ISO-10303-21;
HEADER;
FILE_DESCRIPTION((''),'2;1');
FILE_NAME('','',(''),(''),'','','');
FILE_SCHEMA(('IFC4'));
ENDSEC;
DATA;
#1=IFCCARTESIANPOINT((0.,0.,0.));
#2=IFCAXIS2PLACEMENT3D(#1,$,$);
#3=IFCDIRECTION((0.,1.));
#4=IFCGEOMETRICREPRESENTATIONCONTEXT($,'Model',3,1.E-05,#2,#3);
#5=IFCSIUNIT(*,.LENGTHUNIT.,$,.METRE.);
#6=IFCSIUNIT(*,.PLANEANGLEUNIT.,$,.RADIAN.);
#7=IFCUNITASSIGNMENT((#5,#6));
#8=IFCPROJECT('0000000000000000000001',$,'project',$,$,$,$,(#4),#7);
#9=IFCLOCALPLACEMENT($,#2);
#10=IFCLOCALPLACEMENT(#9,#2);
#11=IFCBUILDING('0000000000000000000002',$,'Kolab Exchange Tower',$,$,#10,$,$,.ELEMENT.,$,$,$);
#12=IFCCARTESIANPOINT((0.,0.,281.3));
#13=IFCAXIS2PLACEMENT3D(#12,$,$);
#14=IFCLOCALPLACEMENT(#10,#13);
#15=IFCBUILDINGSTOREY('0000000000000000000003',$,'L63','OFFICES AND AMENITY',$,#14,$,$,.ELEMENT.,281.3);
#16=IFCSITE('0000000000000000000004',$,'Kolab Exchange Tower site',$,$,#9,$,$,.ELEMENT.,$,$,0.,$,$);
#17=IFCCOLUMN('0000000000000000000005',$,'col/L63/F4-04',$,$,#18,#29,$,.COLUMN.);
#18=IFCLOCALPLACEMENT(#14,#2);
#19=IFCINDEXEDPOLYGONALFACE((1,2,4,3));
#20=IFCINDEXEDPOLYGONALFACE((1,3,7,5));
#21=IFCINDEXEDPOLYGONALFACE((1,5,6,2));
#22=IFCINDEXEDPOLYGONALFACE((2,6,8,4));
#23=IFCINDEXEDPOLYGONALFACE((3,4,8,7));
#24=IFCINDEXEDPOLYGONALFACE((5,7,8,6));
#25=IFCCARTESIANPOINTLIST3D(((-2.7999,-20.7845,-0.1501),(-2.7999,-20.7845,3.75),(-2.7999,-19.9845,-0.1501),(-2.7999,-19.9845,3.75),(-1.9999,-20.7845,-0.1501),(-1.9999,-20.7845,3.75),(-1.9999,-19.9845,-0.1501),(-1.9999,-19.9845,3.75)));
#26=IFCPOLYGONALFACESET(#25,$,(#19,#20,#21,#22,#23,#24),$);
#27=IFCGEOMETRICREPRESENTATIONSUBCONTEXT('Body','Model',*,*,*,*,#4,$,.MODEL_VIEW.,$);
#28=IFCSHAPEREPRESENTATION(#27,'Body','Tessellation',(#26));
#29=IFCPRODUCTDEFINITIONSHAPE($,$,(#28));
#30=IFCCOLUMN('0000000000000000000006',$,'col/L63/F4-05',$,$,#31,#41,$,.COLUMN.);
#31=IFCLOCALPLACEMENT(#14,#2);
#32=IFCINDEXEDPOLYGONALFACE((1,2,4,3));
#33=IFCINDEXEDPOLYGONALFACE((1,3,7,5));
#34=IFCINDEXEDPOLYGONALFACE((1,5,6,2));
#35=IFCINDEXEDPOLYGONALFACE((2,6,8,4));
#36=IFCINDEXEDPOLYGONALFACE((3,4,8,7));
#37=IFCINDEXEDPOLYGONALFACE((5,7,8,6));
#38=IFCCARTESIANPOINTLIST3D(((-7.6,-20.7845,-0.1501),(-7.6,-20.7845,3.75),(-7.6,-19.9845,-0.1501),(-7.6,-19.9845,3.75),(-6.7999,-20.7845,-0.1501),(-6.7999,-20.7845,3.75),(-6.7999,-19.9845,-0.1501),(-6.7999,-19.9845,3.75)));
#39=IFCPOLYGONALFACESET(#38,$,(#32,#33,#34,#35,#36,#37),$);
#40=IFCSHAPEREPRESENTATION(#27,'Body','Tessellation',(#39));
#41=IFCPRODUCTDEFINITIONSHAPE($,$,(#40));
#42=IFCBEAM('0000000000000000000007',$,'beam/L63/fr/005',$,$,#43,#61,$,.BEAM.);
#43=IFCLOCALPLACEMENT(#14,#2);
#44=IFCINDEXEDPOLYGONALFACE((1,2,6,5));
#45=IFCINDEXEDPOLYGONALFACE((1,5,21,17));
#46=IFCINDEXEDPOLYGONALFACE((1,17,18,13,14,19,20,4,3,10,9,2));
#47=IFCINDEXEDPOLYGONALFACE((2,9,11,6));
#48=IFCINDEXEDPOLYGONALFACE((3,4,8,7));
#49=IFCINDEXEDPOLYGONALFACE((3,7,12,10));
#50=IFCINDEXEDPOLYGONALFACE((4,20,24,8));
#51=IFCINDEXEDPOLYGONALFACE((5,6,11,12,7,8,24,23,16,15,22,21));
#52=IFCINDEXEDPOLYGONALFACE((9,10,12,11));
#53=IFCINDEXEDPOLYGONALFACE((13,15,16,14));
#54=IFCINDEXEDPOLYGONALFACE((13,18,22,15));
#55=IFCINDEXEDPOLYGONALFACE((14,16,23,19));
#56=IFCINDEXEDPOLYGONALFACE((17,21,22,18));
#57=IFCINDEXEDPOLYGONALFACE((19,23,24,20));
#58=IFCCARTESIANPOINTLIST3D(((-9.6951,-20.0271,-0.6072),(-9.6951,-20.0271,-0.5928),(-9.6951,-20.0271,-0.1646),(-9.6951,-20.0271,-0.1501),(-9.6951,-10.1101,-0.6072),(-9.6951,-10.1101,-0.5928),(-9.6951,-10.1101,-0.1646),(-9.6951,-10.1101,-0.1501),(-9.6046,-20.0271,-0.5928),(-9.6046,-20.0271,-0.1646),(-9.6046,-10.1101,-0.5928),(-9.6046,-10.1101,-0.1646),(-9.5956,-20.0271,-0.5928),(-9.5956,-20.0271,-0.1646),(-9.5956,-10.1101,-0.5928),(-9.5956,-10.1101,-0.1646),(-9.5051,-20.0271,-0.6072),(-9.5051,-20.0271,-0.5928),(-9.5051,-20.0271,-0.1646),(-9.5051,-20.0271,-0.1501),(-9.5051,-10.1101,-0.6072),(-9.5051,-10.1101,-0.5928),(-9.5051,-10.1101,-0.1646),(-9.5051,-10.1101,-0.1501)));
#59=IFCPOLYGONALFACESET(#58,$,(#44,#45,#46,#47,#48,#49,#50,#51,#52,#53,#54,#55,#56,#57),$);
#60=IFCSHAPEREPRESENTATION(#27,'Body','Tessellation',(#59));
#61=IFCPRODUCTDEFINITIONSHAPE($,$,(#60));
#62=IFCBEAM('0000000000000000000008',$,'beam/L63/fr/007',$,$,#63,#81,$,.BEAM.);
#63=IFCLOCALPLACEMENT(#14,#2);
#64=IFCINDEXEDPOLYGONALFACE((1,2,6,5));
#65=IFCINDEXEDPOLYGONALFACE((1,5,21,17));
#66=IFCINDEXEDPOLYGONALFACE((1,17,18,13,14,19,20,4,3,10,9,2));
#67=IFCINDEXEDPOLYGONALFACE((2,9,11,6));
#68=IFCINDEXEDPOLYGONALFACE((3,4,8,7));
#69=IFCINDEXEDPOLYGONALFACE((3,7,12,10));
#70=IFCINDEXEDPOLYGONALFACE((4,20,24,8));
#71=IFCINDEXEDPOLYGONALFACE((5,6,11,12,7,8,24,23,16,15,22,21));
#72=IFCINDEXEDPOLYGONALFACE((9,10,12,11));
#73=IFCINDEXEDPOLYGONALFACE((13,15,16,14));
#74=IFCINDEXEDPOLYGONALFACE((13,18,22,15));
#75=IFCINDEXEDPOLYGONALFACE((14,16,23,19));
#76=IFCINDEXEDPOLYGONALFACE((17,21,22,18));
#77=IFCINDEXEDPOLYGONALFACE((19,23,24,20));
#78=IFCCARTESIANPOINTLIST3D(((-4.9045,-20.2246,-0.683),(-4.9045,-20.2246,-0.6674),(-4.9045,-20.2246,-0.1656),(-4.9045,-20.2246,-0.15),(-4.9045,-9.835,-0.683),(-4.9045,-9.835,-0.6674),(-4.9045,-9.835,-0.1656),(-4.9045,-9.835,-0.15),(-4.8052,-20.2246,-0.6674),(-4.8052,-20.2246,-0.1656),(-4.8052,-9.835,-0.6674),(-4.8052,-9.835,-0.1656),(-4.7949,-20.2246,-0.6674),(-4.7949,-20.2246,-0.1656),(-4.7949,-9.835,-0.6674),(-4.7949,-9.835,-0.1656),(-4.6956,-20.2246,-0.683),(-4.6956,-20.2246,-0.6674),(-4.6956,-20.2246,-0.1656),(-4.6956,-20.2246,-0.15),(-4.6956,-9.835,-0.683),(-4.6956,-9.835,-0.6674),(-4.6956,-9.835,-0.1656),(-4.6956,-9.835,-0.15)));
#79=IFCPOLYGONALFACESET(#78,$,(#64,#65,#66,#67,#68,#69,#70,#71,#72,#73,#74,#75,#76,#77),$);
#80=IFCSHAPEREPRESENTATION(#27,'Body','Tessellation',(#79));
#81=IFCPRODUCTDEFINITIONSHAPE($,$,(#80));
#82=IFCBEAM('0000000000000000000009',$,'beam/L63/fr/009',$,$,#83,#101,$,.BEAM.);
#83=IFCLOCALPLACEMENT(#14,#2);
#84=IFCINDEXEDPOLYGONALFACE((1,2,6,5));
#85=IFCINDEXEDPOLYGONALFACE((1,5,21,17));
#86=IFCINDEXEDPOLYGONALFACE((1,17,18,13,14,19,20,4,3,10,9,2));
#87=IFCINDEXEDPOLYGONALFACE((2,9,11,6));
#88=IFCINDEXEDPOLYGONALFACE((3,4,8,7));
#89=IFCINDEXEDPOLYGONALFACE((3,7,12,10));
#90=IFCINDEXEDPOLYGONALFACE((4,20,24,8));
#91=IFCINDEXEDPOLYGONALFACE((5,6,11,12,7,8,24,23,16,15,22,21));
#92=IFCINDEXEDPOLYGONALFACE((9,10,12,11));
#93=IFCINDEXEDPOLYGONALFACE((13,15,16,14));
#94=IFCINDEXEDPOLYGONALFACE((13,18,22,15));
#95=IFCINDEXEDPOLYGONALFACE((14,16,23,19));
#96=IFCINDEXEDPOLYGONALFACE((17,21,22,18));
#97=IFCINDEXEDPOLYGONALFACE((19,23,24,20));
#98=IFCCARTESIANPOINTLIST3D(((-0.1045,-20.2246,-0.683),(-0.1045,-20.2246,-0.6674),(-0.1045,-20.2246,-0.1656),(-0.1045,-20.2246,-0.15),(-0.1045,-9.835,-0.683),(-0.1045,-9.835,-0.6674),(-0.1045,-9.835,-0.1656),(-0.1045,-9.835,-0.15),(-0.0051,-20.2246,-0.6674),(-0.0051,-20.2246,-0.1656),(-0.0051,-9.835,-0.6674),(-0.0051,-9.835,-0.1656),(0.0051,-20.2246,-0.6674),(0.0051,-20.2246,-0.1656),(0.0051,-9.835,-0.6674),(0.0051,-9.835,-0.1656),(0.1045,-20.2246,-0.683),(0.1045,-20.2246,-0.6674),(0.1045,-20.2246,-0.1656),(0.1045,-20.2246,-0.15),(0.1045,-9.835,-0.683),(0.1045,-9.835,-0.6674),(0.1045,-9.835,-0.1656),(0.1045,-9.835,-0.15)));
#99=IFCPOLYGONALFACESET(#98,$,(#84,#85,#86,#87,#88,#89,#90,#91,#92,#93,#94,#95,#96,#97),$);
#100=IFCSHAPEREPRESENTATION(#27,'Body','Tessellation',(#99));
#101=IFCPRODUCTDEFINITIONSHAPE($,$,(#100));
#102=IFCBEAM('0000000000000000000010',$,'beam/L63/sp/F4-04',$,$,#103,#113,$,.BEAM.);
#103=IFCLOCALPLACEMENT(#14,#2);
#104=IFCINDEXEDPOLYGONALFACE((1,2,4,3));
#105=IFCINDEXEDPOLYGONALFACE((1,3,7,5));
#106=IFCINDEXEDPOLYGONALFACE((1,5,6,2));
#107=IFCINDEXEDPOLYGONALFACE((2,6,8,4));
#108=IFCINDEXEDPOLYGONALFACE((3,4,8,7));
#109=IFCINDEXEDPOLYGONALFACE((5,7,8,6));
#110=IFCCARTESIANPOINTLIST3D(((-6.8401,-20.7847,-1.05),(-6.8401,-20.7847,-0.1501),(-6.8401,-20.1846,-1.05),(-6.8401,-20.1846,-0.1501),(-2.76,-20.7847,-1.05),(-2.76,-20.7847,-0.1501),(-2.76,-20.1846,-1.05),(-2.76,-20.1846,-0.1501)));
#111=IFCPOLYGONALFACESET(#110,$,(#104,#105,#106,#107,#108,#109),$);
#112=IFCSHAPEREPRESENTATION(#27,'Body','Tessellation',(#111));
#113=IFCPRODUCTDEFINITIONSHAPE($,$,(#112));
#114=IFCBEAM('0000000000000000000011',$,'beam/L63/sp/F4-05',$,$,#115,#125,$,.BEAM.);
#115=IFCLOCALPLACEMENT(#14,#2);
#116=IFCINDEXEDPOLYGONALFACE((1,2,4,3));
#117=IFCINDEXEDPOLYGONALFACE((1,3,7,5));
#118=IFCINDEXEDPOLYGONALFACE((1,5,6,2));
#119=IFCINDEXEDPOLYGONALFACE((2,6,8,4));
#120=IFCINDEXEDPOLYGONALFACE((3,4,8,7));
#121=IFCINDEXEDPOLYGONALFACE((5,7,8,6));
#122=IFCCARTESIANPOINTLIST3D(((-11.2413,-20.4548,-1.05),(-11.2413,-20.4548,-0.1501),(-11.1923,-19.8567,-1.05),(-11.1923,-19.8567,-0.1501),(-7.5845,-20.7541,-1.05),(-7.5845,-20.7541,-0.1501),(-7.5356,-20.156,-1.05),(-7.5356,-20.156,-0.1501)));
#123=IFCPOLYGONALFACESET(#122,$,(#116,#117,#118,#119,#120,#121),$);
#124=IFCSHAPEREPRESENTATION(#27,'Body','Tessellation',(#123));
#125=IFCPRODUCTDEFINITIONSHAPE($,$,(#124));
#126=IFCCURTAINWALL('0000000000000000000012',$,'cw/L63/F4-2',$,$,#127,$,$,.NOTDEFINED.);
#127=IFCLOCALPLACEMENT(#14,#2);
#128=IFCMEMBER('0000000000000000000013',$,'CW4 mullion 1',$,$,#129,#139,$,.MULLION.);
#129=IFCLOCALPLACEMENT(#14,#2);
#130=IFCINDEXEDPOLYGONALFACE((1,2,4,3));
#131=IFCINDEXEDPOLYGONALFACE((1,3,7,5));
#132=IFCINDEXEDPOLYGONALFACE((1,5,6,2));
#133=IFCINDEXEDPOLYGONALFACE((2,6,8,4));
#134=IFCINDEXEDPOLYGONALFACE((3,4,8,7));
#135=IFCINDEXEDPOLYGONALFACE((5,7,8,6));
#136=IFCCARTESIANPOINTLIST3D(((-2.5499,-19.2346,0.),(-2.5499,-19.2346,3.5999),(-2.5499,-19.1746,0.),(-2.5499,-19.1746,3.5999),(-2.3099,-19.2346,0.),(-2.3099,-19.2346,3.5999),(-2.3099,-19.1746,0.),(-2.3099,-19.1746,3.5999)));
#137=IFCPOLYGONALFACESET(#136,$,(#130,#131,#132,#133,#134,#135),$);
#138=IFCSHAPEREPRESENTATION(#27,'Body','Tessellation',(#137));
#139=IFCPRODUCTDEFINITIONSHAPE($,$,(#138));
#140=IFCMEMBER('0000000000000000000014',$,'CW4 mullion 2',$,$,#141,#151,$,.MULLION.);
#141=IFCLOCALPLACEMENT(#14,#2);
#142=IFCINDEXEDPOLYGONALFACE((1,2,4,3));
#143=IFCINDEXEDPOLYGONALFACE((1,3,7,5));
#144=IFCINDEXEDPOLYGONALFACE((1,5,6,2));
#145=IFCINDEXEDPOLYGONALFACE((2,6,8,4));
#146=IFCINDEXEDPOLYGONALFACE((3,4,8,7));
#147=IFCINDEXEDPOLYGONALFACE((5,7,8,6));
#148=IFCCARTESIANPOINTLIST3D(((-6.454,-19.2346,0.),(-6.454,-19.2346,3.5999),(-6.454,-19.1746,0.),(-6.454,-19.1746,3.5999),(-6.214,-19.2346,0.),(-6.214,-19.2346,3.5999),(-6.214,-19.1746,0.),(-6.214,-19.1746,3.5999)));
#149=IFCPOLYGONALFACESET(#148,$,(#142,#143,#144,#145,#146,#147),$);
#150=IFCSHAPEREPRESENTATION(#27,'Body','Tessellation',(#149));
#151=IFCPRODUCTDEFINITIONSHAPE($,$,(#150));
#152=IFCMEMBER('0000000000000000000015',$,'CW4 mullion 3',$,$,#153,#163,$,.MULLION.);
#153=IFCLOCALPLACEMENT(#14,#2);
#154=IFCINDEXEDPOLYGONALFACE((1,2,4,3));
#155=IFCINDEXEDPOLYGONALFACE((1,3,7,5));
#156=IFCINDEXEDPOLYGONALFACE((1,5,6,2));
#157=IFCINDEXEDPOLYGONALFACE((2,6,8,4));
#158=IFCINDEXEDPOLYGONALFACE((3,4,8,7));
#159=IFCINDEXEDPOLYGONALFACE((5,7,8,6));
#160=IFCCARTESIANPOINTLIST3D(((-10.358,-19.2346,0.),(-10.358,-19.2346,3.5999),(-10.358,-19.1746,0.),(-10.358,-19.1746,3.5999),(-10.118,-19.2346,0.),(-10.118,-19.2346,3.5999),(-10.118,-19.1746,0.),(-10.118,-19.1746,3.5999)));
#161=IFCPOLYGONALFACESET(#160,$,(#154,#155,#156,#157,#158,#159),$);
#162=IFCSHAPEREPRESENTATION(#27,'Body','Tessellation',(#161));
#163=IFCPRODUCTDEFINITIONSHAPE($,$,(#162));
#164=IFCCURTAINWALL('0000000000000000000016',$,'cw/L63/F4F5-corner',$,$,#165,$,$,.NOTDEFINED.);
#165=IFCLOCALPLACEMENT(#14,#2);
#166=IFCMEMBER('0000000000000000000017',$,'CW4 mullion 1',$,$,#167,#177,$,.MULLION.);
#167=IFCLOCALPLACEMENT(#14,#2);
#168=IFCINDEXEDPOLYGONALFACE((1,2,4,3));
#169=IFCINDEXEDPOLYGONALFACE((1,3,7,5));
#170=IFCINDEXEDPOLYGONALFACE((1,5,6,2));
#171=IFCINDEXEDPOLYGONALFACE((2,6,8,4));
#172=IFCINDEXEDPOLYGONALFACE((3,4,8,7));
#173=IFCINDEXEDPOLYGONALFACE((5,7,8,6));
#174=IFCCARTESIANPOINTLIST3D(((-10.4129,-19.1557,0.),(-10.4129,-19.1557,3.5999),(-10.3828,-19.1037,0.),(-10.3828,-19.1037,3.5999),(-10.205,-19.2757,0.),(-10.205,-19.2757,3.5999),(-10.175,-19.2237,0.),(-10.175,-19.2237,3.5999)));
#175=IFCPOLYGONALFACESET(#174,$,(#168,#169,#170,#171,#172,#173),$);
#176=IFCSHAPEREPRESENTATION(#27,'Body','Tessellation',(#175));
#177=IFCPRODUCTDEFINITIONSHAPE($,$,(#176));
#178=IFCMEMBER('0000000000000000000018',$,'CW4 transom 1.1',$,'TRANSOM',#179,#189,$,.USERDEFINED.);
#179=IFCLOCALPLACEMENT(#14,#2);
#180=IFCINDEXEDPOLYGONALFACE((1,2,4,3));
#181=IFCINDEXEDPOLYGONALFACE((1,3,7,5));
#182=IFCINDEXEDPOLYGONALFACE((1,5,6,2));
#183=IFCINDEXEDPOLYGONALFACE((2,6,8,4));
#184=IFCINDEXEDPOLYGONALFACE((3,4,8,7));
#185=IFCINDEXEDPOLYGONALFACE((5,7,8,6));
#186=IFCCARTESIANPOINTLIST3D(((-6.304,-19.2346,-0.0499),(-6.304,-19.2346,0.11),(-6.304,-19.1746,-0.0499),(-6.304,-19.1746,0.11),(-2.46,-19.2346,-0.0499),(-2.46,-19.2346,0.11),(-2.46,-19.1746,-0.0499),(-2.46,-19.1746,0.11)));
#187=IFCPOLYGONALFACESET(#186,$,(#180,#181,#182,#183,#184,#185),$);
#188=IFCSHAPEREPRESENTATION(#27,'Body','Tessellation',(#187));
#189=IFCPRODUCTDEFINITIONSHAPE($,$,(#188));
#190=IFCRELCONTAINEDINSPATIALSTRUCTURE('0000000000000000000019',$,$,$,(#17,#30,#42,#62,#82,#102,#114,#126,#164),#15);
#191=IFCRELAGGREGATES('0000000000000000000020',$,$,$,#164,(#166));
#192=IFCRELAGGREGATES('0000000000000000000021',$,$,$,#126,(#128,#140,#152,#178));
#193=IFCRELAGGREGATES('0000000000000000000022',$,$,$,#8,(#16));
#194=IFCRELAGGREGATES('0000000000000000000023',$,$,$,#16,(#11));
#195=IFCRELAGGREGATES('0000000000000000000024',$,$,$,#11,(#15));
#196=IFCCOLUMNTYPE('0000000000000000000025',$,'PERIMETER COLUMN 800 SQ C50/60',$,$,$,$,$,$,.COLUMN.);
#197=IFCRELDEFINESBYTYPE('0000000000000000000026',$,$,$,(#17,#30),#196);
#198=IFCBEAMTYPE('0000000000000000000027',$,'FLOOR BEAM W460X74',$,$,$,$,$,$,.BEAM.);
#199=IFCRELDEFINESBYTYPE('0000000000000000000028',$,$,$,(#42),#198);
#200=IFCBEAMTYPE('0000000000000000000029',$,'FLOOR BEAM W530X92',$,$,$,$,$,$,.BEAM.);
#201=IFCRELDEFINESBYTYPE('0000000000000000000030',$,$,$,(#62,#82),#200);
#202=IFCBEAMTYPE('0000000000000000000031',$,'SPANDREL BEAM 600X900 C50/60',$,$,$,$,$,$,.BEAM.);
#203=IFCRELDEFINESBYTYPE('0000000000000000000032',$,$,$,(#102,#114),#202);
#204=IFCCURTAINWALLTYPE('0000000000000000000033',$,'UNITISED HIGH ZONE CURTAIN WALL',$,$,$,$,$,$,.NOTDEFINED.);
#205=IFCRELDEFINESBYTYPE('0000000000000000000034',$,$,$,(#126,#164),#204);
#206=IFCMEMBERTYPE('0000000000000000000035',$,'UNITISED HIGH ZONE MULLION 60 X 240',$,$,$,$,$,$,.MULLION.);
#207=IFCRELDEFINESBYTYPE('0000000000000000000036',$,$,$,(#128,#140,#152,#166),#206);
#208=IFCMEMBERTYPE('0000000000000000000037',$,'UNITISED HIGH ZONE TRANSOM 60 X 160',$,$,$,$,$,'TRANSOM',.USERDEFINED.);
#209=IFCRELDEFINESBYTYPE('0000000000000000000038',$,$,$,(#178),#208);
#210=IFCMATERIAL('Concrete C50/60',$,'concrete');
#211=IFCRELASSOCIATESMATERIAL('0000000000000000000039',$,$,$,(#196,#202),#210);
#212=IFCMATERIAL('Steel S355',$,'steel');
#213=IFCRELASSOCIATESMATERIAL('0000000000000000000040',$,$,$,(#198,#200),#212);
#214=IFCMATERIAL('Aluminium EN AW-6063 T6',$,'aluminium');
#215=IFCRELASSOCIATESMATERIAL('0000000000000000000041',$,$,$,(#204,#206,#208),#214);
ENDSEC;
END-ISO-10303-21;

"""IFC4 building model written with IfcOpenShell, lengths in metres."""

from ifc_helpers import new_model, si_unit, direction, frame, origin, origin_2d, place, context, subcontext, project, spatial, rectangle, i_section, extrude, material, material_profile, profile_set, type_object, element, aggregate, save


model = new_model("IFC4")

# Units and contexts
model_context = context("Model", 3, precision=1e-05, world=origin(), true_north=direction((0.0, 1.0)))
body_context = subcontext(model_context, "Body", "Model", "MODEL_VIEW")
ifc_project = project(units=[si_unit("LENGTHUNIT", "METRE"), si_unit("PLANEANGLEUNIT", "RADIAN")], contexts=[model_context])

# Site, building, storey
site_placement = place(None, origin())
site = spatial("IfcSite", under=ifc_project, at=site_placement, Name="Kolab Exchange Tower site", CompositionType="ELEMENT", RefElevation=0.0)
building_placement = place(site_placement, origin())
building = spatial("IfcBuilding", under=site, at=building_placement, Name="Kolab Exchange Tower", CompositionType="ELEMENT")
storey_placement = place(building_placement, frame((0.0, 0.0, 281.3)))
storey = spatial("IfcBuildingStorey", under=building, at=storey_placement, Name="L63", Description="OFFICES AND AMENITY", CompositionType="ELEMENT", Elevation=281.3)

# Columns
ifc_material_1 = material(Name="Concrete C50/60", Category="concrete")
ifc_material_profile_1 = material_profile(ifc_material_1, rectangle(XDim=0.8, YDim=0.8, at=origin_2d()), Name="RC800")
ifc_profile_set_1 = profile_set([ifc_material_profile_1], Name="Concrete C50/60")
column_type = type_object("IfcColumnType", Name="PERIMETER COLUMN 800 SQ C50/60", PredefinedType="COLUMN", material=ifc_profile_set_1)
for number, where, z_axis, x_axis, name in (
    (1, (-2.3999, -20.3845, -0.1501), (0.0, 0.0, 1.0), (1.0, 0.0, 0.0), "col/L63/F4-04"),
    (2, (-7.2, -20.3845, -0.1501), (0.0, 0.0, 1.0), (1.0, 0.0, 0.0), "col/L63/F4-05"),
):
    element("IfcColumn", number, at=place(storey_placement, frame(where, z_axis=z_axis, x_axis=x_axis)), inside=storey, type_object=column_type, Name=name, PredefinedType="COLUMN", context=body_context, shape_type="SweptSolid", body=[
        extrude(rectangle(XDim=0.8, YDim=0.8, at=origin_2d()), origin(), (0.0, 0.0, 1.0), 3.9001),
    ])

# Beams
ifc_material_2 = material(Name="Steel S355", Category="steel")
ifc_material_profile_2 = material_profile(ifc_material_2, i_section(OverallWidth=0.1899, OverallDepth=0.457, WebThickness=0.009, FlangeThickness=0.0144, at=origin_2d()), Name="W460X74")
ifc_profile_set_2 = profile_set([ifc_material_profile_2], Name="Steel S355")
beam_type_1 = type_object("IfcBeamType", Name="FLOOR BEAM W460X74", PredefinedType="BEAM", material=ifc_profile_set_2)
beam_1_placement = place(storey_placement, frame((-9.6001, -20.0271, -0.3787), z_axis=(0.0, 1.0, 0.0), x_axis=(-1.0, 0.0, 0.0)))
element("IfcBeam", 3, at=beam_1_placement, inside=storey, type_object=beam_type_1, Name="beam/L63/fr/005", PredefinedType="BEAM", context=body_context, shape_type="SweptSolid", body=[
    extrude(i_section(OverallWidth=0.1899, OverallDepth=0.457, WebThickness=0.009, FlangeThickness=0.0144, at=origin_2d()), origin(), (0.0, 0.0, 1.0), 9.917),
])
ifc_material_profile_3 = material_profile(ifc_material_2, i_section(OverallWidth=0.209, OverallDepth=0.533, WebThickness=0.0103, FlangeThickness=0.0156, at=origin_2d()), Name="W530X92")
ifc_profile_set_3 = profile_set([ifc_material_profile_3], Name="Steel S355")
beam_type_2 = type_object("IfcBeamType", Name="FLOOR BEAM W530X92", PredefinedType="BEAM", material=ifc_profile_set_3)
for number, where, z_axis, x_axis, name in (
    (4, (-4.8, -20.2246, -0.4165), (0.0, 1.0, 0.0), (-1.0, 0.0, 0.0), "beam/L63/fr/007"),
    (5, (0.0, -20.2246, -0.4165), (0.0, 1.0, 0.0), (-1.0, 0.0, 0.0), "beam/L63/fr/009"),
):
    element("IfcBeam", number, at=place(storey_placement, frame(where, z_axis=z_axis, x_axis=x_axis)), inside=storey, type_object=beam_type_2, Name=name, PredefinedType="BEAM", context=body_context, shape_type="SweptSolid", body=[
        extrude(i_section(OverallWidth=0.209, OverallDepth=0.533, WebThickness=0.0103, FlangeThickness=0.0156, at=origin_2d()), origin(), (0.0, 0.0, 1.0), 10.3896),
    ])
ifc_material_profile_4 = material_profile(ifc_material_1, rectangle(XDim=0.6001, YDim=0.8999, at=origin_2d()), Name="RC600X900")
ifc_profile_set_4 = profile_set([ifc_material_profile_4], Name="Concrete C50/60")
beam_type_3 = type_object("IfcBeamType", Name="SPANDREL BEAM 600X900 C50/60", PredefinedType="BEAM", material=ifc_profile_set_4)
beam_2_placement = place(storey_placement, frame((-2.76, -20.4846, -0.6001), z_axis=(-1.0, 0.0, 0.0), x_axis=(0.0, -1.0, 0.0)))
element("IfcBeam", 6, at=beam_2_placement, inside=storey, type_object=beam_type_3, Name="beam/L63/sp/F4-04", PredefinedType="BEAM", context=body_context, shape_type="SweptSolid", body=[
    extrude(rectangle(XDim=0.6001, YDim=0.8999, at=origin_2d()), origin(), (0.0, 0.0, 1.0), 4.0801),
])
beam_3_placement = place(storey_placement, frame((-7.5601, -20.4551, -0.6001), z_axis=(-0.996667, 0.081581, 0.0), x_axis=(-0.081581, -0.996667, 0.0)))
element("IfcBeam", 7, at=beam_3_placement, inside=storey, type_object=beam_type_3, Name="beam/L63/sp/F4-05", PredefinedType="BEAM", context=body_context, shape_type="SweptSolid", body=[
    extrude(rectangle(XDim=0.6001, YDim=0.8999, at=origin_2d()), origin(), (0.0, 0.0, 1.0), 3.6689),
])

# Curtain wall, members
ifc_material_3 = material(Name="Aluminium EN AW-6063 T6", Category="aluminium")
curtain_wall_type = type_object("IfcCurtainWallType", Name="UNITISED HIGH ZONE CURTAIN WALL", PredefinedType="NOTDEFINED", material=ifc_material_3)
curtain_wall_1_placement = place(storey_placement, origin())
curtain_wall_1 = element("IfcCurtainWall", 8, at=curtain_wall_1_placement, inside=storey, type_object=curtain_wall_type, Name="cw/L63/F4-2", PredefinedType="NOTDEFINED")
ifc_material_profile_5 = material_profile(ifc_material_3, rectangle(XDim=0.0601, YDim=0.24, at=origin_2d()), Name="RECT 60X240")
ifc_profile_set_5 = profile_set([ifc_material_profile_5], Name="Aluminium EN AW-6063 T6")
member_type_1 = type_object("IfcMemberType", Name="UNITISED HIGH ZONE MULLION 60 X 240", PredefinedType="MULLION", material=ifc_profile_set_5)
member_1_placement = place(storey_placement, frame((-2.4299, -19.2046, 0.0), z_axis=(0.0, 0.0, 1.0), x_axis=(0.0, -1.0, 0.0)))
member_1 = element("IfcMember", 9, at=member_1_placement, type_object=member_type_1, Name="CW4 mullion 1", PredefinedType="MULLION", context=body_context, shape_type="SweptSolid", body=[
    extrude(rectangle(XDim=0.0601, YDim=0.24, at=origin_2d()), origin(), (0.0, 0.0, 1.0), 3.5999),
])
member_2_placement = place(storey_placement, frame((-6.334, -19.2046, 0.0), z_axis=(0.0, 0.0, 1.0), x_axis=(0.0, -1.0, 0.0)))
member_2 = element("IfcMember", 10, at=member_2_placement, type_object=member_type_1, Name="CW4 mullion 2", PredefinedType="MULLION", context=body_context, shape_type="SweptSolid", body=[
    extrude(rectangle(XDim=0.0601, YDim=0.24, at=origin_2d()), origin(), (0.0, 0.0, 1.0), 3.5999),
])
member_3_placement = place(storey_placement, frame((-10.238, -19.2046, 0.0), z_axis=(0.0, 0.0, 1.0), x_axis=(0.0, -1.0, 0.0)))
member_3 = element("IfcMember", 11, at=member_3_placement, type_object=member_type_1, Name="CW4 mullion 3", PredefinedType="MULLION", context=body_context, shape_type="SweptSolid", body=[
    extrude(rectangle(XDim=0.0601, YDim=0.24, at=origin_2d()), origin(), (0.0, 0.0, 1.0), 3.5999),
])

# Curtain wall, member
curtain_wall_2_placement = place(storey_placement, origin())
curtain_wall_2 = element("IfcCurtainWall", 12, at=curtain_wall_2_placement, inside=storey, type_object=curtain_wall_type, Name="cw/L63/F4F5-corner", PredefinedType="NOTDEFINED")
member_4_placement = place(storey_placement, frame((-10.2939, -19.1897, 0.0), z_axis=(0.0, 0.0, 1.0), x_axis=(-0.5, -0.866025, 0.0)))
member_4 = element("IfcMember", 13, at=member_4_placement, type_object=member_type_1, Name="CW4 mullion 1", PredefinedType="MULLION", context=body_context, shape_type="SweptSolid", body=[
    extrude(rectangle(XDim=0.0601, YDim=0.24, at=origin_2d()), origin(), (0.0, 0.0, 1.0), 3.5999),
])

# Member
ifc_material_profile_6 = material_profile(ifc_material_3, rectangle(XDim=0.0601, YDim=0.1599, at=origin_2d()), Name="RECT 60X160")
ifc_profile_set_6 = profile_set([ifc_material_profile_6], Name="Aluminium EN AW-6063 T6")
member_type_2 = type_object("IfcMemberType", Name="UNITISED HIGH ZONE TRANSOM 60 X 160", ElementType="TRANSOM", PredefinedType="USERDEFINED", material=ifc_profile_set_6)
member_5_placement = place(storey_placement, frame((-2.46, -19.2046, 0.03), z_axis=(-1.0, 0.0, 0.0), x_axis=(0.0, -1.0, 0.0)))
member_5 = element("IfcMember", 14, at=member_5_placement, type_object=member_type_2, Name="CW4 transom 1.1", ObjectType="TRANSOM", PredefinedType="USERDEFINED", context=body_context, shape_type="SweptSolid", body=[
    extrude(rectangle(XDim=0.0601, YDim=0.1599, at=origin_2d()), origin(), (0.0, 0.0, 1.0), 3.844),
])
aggregate(curtain_wall_2, [member_4])

aggregate(curtain_wall_1, [member_1, member_2, member_3, member_5])

save(model, "model.ifc")
